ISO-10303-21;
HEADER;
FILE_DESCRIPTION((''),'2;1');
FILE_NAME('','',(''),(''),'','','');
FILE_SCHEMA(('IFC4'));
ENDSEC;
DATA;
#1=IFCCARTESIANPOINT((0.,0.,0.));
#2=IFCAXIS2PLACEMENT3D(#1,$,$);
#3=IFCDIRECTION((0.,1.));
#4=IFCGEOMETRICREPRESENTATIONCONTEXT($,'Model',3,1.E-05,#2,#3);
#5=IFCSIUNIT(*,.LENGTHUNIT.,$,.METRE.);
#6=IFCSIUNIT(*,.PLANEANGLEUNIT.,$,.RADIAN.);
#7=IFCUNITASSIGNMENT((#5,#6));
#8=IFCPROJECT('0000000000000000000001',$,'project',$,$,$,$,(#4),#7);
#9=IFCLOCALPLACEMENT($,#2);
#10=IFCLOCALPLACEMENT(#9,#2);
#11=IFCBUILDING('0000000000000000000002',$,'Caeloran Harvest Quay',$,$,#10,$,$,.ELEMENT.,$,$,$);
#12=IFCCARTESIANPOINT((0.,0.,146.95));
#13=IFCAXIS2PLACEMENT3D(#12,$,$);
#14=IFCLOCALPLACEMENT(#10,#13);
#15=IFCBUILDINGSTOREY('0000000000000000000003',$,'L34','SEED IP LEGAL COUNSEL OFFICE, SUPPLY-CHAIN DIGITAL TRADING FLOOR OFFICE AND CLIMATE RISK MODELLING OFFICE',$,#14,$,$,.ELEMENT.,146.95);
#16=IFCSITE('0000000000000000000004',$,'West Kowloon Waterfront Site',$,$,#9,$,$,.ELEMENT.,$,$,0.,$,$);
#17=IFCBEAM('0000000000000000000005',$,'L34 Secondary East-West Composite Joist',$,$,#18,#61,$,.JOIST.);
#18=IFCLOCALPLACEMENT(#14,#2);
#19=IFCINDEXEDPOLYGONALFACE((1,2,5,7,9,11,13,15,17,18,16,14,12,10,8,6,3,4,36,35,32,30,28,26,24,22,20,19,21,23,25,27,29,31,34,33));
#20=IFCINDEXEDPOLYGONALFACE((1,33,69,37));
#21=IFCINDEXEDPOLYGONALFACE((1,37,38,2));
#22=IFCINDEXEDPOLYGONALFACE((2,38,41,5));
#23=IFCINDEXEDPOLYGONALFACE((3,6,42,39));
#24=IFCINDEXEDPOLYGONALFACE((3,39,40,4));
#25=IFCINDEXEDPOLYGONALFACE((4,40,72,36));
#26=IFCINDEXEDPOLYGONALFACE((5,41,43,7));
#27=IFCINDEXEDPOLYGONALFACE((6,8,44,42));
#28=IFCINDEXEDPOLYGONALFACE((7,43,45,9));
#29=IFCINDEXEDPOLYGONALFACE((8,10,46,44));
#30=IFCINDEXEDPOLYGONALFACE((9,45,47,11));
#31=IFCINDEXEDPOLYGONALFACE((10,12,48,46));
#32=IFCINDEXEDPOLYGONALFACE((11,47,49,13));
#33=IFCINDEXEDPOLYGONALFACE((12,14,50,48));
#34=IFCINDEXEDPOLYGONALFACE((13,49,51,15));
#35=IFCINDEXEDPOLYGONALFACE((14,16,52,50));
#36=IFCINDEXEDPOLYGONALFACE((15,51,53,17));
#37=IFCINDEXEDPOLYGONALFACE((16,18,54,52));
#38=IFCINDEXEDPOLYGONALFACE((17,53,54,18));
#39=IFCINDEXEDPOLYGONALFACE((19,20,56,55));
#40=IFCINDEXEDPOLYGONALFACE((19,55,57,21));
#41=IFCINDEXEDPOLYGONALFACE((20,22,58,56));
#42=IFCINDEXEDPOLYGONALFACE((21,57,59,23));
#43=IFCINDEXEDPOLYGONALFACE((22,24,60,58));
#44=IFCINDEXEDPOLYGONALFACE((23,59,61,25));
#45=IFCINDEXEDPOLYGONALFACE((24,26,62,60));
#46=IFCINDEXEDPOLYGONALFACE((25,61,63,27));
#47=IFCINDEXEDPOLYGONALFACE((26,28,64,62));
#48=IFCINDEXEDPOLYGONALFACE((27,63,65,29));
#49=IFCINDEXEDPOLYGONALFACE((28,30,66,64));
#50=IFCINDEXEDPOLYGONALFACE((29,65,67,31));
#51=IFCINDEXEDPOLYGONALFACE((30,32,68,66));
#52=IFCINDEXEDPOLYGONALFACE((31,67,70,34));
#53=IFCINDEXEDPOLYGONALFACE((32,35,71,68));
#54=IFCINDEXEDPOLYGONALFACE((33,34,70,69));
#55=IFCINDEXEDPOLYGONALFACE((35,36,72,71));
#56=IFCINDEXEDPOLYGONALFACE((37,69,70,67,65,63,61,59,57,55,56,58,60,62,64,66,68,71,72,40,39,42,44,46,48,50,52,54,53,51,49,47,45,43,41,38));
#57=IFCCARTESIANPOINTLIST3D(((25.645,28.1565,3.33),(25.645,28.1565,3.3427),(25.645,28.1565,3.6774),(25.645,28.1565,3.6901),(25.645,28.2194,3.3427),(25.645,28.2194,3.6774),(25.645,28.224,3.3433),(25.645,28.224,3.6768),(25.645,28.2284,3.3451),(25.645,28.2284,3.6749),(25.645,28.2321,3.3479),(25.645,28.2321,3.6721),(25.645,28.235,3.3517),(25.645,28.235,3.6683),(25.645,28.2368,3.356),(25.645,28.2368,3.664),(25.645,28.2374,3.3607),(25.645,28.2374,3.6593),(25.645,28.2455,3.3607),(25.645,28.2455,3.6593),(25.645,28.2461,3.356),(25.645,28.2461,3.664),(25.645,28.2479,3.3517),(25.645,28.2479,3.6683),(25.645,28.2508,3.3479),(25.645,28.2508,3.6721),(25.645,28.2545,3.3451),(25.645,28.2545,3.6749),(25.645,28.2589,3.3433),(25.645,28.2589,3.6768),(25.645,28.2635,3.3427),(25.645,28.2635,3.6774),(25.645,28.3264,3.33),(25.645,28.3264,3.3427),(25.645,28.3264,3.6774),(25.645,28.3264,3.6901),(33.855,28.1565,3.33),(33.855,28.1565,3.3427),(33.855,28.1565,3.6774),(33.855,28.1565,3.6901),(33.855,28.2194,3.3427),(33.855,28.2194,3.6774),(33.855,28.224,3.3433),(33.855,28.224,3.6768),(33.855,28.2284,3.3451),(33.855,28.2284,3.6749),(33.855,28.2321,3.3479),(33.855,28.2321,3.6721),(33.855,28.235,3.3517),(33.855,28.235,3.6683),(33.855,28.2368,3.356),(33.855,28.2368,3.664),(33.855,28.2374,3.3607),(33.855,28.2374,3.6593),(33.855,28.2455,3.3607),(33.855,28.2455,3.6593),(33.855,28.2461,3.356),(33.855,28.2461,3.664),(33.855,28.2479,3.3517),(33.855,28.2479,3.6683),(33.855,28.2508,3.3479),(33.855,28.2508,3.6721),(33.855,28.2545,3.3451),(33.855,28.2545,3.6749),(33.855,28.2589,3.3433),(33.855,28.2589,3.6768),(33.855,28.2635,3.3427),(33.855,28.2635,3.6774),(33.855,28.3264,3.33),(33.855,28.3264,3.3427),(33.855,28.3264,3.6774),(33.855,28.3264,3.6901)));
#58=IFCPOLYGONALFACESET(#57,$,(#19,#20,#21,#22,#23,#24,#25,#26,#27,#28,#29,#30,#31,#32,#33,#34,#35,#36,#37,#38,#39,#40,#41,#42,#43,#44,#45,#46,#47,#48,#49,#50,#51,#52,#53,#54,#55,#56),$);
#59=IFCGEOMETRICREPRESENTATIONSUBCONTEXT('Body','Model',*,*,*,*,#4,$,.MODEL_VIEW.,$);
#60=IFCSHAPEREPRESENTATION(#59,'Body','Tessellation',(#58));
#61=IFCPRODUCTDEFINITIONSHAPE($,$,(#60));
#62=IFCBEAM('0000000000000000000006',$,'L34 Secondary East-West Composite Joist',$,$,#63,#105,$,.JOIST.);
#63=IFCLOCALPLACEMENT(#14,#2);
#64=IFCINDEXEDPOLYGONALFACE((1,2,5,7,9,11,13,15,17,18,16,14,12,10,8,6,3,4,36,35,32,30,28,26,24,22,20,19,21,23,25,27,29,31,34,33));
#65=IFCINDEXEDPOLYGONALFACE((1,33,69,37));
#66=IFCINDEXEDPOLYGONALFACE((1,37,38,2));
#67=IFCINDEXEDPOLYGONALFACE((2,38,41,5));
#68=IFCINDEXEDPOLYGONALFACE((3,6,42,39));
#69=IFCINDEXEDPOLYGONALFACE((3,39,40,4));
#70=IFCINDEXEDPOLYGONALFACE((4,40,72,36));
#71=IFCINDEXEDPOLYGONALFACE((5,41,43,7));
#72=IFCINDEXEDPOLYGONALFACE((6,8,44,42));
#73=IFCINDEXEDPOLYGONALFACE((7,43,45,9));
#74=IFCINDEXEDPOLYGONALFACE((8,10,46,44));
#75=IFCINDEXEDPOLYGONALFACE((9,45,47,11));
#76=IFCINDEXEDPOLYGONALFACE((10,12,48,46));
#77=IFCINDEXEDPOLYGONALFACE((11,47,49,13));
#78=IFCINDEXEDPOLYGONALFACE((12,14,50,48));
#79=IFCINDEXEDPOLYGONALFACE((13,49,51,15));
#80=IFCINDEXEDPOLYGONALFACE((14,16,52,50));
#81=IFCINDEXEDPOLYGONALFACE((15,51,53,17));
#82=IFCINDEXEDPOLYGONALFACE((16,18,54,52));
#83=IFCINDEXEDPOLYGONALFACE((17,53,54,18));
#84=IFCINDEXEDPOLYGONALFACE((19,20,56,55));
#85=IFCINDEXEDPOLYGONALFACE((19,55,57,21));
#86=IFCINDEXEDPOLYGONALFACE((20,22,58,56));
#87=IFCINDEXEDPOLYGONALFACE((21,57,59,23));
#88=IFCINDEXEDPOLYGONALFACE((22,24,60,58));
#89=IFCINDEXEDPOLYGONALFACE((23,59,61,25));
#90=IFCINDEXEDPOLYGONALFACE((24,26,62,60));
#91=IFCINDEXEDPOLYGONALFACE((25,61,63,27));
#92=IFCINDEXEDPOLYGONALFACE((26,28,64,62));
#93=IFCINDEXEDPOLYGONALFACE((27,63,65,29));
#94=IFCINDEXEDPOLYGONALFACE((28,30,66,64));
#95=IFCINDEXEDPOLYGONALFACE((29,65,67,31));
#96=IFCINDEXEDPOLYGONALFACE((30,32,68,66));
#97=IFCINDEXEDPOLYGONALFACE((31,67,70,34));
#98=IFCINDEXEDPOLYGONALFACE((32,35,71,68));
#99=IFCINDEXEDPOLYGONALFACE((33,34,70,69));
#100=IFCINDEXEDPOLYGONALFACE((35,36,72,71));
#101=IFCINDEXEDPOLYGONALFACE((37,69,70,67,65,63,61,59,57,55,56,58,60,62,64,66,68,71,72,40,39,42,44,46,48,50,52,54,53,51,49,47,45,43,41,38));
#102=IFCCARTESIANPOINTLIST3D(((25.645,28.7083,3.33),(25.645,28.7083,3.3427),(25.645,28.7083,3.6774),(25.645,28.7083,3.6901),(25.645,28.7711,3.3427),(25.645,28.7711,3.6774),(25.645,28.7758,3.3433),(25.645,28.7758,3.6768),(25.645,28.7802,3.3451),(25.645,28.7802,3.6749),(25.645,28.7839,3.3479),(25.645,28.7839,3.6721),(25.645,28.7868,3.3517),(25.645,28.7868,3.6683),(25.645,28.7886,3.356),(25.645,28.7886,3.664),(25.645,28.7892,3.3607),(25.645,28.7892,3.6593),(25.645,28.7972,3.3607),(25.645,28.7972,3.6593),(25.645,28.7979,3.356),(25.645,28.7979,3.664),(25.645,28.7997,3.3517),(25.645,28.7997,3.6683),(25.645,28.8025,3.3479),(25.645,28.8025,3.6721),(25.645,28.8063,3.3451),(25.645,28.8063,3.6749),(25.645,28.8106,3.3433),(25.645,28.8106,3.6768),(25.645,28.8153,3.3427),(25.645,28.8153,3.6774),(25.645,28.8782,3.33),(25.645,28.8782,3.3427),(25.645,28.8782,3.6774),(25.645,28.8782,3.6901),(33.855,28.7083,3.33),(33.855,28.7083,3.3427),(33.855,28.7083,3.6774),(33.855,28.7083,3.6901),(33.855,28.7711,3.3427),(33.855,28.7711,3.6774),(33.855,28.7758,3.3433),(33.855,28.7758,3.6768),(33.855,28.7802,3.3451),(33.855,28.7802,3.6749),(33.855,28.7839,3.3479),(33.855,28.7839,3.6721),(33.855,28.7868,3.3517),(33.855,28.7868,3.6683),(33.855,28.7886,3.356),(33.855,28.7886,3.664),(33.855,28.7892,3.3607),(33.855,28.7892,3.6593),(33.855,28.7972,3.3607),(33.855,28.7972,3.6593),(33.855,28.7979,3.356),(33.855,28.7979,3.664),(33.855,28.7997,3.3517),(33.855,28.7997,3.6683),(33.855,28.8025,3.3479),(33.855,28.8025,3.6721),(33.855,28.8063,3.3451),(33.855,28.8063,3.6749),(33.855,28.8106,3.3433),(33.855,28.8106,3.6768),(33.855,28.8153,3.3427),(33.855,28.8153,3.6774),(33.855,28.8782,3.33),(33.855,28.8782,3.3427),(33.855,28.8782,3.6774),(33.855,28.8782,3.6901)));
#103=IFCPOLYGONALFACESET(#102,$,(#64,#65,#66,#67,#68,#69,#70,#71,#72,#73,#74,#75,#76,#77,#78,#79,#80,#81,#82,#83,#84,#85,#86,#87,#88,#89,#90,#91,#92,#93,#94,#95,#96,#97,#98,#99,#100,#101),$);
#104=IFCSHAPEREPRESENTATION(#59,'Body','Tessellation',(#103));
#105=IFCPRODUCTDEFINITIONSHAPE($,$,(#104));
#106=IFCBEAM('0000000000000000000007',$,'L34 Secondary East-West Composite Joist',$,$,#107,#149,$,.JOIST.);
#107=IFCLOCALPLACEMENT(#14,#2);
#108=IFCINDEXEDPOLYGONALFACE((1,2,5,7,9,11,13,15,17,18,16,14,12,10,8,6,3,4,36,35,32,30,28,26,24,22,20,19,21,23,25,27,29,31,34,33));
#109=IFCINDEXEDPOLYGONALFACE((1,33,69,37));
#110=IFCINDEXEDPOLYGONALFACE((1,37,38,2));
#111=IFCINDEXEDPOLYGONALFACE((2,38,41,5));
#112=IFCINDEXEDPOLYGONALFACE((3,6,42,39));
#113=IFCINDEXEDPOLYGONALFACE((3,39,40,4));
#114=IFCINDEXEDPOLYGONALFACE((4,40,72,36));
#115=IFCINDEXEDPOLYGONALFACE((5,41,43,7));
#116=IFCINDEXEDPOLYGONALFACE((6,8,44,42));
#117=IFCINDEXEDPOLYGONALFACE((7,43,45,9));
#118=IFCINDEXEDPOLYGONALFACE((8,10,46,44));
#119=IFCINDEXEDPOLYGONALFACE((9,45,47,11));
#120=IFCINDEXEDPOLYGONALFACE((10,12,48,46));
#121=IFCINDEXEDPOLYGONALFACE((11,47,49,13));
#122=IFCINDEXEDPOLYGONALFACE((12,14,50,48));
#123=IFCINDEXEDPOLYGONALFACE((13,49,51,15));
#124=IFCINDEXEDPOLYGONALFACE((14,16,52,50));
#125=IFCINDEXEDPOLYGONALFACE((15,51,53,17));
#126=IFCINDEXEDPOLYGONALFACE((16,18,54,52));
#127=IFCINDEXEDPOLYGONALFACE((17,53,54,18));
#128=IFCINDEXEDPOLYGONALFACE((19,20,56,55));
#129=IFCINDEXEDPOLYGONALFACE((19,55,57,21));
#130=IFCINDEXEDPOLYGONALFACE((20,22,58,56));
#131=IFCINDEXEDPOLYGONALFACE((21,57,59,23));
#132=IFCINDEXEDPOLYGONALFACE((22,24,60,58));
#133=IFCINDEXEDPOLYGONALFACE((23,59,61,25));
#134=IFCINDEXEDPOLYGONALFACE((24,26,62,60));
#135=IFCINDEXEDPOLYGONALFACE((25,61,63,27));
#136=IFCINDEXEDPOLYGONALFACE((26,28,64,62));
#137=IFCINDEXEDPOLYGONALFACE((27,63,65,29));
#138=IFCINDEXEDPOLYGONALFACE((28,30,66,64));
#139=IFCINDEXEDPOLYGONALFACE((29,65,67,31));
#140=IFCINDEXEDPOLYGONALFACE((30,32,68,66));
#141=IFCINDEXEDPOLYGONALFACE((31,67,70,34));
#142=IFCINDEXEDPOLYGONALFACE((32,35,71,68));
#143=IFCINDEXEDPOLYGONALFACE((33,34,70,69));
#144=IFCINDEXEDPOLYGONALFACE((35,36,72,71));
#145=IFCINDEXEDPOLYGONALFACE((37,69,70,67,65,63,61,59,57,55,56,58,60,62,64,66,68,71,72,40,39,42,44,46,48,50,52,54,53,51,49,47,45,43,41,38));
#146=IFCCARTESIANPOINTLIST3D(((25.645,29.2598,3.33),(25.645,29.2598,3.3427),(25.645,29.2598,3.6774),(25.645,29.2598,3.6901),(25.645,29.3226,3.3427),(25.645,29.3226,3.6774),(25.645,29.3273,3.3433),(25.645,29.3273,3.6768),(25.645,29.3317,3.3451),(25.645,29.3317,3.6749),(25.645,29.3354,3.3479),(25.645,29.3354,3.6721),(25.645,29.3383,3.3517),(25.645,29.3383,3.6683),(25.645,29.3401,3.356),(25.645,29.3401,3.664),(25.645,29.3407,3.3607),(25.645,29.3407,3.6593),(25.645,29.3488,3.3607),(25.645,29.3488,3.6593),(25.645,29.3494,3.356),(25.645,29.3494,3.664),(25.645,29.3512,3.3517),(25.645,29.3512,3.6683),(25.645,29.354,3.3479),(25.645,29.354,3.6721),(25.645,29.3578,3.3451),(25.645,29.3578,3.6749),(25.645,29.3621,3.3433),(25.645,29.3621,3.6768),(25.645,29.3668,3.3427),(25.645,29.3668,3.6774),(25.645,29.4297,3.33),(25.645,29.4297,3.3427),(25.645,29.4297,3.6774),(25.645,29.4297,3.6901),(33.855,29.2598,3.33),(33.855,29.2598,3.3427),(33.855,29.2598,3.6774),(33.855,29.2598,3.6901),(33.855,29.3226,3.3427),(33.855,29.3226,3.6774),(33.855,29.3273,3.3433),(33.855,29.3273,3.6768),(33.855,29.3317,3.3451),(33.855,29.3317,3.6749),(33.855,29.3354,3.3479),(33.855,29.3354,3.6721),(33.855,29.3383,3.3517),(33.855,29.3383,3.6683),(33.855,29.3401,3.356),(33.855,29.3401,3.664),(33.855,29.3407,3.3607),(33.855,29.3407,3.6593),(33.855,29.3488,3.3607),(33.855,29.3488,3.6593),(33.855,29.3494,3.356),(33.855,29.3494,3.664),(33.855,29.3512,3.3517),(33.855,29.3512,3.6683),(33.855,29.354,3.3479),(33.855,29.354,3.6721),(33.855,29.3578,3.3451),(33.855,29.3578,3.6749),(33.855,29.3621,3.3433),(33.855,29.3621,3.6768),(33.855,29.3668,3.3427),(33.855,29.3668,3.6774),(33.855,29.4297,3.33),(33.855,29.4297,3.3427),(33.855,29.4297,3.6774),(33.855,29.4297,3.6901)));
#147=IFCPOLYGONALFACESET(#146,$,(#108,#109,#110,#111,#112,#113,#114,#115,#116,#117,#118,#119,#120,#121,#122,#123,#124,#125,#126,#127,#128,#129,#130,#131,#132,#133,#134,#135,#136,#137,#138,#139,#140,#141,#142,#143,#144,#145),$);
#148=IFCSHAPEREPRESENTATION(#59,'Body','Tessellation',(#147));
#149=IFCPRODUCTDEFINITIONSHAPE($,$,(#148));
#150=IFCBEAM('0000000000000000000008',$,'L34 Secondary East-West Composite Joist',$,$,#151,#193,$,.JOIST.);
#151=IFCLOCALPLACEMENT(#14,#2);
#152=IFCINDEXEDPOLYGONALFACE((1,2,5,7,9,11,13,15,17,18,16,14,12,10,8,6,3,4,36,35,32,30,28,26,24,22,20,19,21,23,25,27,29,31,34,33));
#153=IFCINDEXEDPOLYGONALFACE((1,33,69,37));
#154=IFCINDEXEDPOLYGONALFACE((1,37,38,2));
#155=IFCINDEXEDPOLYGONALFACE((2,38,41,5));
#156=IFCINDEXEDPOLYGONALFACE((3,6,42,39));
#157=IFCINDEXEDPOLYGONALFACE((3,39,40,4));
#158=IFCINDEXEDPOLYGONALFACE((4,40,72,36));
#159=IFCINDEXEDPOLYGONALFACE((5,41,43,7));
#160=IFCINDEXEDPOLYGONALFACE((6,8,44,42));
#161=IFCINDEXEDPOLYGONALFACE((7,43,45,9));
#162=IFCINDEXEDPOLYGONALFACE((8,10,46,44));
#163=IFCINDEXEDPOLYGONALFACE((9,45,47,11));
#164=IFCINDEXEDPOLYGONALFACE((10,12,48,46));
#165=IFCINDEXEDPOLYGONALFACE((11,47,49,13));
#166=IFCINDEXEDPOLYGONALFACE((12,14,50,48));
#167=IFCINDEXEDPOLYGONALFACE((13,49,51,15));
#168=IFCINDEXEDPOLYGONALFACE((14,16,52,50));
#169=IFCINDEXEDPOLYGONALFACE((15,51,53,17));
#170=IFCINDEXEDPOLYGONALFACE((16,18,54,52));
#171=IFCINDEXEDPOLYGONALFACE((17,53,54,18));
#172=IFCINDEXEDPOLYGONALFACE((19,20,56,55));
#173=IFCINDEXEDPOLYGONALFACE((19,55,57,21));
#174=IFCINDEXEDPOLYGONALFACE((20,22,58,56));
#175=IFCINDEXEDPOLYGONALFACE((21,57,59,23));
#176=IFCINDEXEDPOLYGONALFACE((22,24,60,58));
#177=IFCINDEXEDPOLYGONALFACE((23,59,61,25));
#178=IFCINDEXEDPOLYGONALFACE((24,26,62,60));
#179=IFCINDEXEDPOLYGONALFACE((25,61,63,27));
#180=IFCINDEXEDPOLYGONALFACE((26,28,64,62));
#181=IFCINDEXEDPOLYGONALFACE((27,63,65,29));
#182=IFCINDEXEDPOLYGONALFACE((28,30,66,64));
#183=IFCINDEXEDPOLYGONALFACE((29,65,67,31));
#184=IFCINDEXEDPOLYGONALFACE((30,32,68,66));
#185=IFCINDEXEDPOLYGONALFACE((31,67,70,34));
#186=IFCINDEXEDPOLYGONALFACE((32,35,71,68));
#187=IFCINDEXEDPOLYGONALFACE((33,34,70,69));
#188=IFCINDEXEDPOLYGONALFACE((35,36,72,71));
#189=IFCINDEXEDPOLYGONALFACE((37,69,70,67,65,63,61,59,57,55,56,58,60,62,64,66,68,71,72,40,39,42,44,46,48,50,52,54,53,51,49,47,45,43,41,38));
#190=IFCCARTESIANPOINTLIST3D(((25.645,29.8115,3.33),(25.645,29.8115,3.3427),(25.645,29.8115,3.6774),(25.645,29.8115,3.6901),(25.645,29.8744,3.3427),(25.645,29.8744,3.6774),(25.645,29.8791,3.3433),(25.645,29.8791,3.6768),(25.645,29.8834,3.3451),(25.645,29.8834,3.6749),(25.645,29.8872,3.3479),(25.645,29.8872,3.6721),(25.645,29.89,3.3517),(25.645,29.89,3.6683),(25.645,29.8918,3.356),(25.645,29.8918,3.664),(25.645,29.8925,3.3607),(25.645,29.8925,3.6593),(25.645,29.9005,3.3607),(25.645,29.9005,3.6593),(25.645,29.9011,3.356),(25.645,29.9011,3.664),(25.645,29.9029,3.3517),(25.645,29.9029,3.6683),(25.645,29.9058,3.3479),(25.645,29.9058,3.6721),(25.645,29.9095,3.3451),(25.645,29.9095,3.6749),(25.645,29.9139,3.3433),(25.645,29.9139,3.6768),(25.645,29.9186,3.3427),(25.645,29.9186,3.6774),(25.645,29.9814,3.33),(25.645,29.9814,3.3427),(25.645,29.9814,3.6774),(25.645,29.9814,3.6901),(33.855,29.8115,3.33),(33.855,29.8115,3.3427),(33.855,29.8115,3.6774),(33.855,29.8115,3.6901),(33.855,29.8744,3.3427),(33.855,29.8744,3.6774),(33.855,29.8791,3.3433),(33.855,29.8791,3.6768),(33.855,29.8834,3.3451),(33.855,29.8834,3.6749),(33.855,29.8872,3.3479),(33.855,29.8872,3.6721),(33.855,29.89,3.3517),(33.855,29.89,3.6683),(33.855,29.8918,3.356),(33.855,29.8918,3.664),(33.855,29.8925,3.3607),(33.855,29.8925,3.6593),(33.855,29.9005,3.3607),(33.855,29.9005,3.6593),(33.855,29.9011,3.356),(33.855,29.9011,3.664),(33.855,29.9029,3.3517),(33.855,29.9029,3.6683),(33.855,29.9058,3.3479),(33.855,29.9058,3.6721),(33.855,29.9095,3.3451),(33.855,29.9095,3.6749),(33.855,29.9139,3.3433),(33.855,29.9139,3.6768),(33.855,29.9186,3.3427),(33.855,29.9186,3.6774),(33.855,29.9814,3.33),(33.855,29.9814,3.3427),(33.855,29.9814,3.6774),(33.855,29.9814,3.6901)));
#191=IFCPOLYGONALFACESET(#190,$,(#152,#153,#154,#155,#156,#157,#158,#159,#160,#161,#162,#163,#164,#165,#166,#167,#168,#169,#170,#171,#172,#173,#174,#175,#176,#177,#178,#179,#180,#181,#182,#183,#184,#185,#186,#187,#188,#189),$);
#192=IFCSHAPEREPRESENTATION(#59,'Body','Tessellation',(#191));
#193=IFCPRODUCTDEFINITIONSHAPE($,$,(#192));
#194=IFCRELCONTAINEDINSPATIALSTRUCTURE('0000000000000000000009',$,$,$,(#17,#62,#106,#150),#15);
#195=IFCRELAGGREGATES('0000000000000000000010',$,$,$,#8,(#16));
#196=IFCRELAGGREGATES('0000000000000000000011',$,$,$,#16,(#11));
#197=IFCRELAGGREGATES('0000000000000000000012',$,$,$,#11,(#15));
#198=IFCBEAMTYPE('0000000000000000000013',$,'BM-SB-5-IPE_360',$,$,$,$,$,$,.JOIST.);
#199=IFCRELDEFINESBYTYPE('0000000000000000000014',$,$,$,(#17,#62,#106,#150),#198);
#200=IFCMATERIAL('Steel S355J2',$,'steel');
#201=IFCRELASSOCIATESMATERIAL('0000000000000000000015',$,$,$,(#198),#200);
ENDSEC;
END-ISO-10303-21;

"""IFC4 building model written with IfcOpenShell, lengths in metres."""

from ifc_helpers import new_model, si_unit, direction, frame, origin, origin_2d, place, context, subcontext, project, spatial, i_section, extrude, material, material_profile, profile_set, type_object, element, save


model = new_model("IFC4")

# Units and contexts
model_context = context("Model", 3, precision=1e-05, world=origin(), true_north=direction((0.0, 1.0)))
body_context = subcontext(model_context, "Body", "Model", "MODEL_VIEW")
ifc_project = project(units=[si_unit("LENGTHUNIT", "METRE"), si_unit("PLANEANGLEUNIT", "RADIAN")], contexts=[model_context])

# Site, building, storey
site_placement = place(None, origin())
site = spatial("IfcSite", under=ifc_project, at=site_placement, Name="West Kowloon Waterfront Site", CompositionType="ELEMENT", RefElevation=0.0)
building_placement = place(site_placement, origin())
building = spatial("IfcBuilding", under=site, at=building_placement, Name="Caeloran Harvest Quay", CompositionType="ELEMENT")
storey_placement = place(building_placement, frame((0.0, 0.0, 146.95)))
storey = spatial("IfcBuildingStorey", under=building, at=storey_placement, Name="L34", Description="SEED IP LEGAL COUNSEL OFFICE, SUPPLY-CHAIN DIGITAL TRADING FLOOR OFFICE AND CLIMATE RISK MODELLING OFFICE", CompositionType="ELEMENT", Elevation=146.95)

# Beams
ifc_material_1 = material(Name="Steel S355J2", Category="steel")
ifc_material_profile_1 = material_profile(ifc_material_1, i_section(OverallWidth=0.1699, OverallDepth=0.3601, WebThickness=0.0081, FlangeThickness=0.0127, FilletRadius=0.0181, at=origin_2d()), Name="IPE 360")
ifc_profile_set_1 = profile_set([ifc_material_profile_1], Name="Steel S355J2")
beam_type_1 = type_object("IfcBeamType", Name="BM-SB-5-IPE_360", PredefinedType="JOIST", material=ifc_profile_set_1)
for number, where, z_axis, x_axis, name in (
    (1, (25.645, 28.2415, 3.51), (1.0, 0.0, 0.0), (0.0, 1.0, 0.0), "L34 Secondary East-West Composite Joist"),
    (2, (25.645, 28.7932, 3.51), (1.0, 0.0, 0.0), (0.0, 1.0, 0.0), "L34 Secondary East-West Composite Joist"),
    (3, (25.645, 29.3447, 3.51), (1.0, 0.0, 0.0), (0.0, 1.0, 0.0), "L34 Secondary East-West Composite Joist"),
    (4, (25.645, 29.8965, 3.51), (1.0, 0.0, 0.0), (0.0, 1.0, 0.0), "L34 Secondary East-West Composite Joist"),
):
    element("IfcBeam", number, at=place(storey_placement, frame(where, z_axis=z_axis, x_axis=x_axis)), inside=storey, type_object=beam_type_1, Name=name, PredefinedType="JOIST", context=body_context, shape_type="SweptSolid", body=[
        extrude(i_section(OverallWidth=0.1699, OverallDepth=0.3601, WebThickness=0.0081, FlangeThickness=0.0127, FilletRadius=0.0181, at=origin_2d()), origin(), (0.0, 0.0, 1.0), 8.21),
    ])

save(model, "model.ifc")
